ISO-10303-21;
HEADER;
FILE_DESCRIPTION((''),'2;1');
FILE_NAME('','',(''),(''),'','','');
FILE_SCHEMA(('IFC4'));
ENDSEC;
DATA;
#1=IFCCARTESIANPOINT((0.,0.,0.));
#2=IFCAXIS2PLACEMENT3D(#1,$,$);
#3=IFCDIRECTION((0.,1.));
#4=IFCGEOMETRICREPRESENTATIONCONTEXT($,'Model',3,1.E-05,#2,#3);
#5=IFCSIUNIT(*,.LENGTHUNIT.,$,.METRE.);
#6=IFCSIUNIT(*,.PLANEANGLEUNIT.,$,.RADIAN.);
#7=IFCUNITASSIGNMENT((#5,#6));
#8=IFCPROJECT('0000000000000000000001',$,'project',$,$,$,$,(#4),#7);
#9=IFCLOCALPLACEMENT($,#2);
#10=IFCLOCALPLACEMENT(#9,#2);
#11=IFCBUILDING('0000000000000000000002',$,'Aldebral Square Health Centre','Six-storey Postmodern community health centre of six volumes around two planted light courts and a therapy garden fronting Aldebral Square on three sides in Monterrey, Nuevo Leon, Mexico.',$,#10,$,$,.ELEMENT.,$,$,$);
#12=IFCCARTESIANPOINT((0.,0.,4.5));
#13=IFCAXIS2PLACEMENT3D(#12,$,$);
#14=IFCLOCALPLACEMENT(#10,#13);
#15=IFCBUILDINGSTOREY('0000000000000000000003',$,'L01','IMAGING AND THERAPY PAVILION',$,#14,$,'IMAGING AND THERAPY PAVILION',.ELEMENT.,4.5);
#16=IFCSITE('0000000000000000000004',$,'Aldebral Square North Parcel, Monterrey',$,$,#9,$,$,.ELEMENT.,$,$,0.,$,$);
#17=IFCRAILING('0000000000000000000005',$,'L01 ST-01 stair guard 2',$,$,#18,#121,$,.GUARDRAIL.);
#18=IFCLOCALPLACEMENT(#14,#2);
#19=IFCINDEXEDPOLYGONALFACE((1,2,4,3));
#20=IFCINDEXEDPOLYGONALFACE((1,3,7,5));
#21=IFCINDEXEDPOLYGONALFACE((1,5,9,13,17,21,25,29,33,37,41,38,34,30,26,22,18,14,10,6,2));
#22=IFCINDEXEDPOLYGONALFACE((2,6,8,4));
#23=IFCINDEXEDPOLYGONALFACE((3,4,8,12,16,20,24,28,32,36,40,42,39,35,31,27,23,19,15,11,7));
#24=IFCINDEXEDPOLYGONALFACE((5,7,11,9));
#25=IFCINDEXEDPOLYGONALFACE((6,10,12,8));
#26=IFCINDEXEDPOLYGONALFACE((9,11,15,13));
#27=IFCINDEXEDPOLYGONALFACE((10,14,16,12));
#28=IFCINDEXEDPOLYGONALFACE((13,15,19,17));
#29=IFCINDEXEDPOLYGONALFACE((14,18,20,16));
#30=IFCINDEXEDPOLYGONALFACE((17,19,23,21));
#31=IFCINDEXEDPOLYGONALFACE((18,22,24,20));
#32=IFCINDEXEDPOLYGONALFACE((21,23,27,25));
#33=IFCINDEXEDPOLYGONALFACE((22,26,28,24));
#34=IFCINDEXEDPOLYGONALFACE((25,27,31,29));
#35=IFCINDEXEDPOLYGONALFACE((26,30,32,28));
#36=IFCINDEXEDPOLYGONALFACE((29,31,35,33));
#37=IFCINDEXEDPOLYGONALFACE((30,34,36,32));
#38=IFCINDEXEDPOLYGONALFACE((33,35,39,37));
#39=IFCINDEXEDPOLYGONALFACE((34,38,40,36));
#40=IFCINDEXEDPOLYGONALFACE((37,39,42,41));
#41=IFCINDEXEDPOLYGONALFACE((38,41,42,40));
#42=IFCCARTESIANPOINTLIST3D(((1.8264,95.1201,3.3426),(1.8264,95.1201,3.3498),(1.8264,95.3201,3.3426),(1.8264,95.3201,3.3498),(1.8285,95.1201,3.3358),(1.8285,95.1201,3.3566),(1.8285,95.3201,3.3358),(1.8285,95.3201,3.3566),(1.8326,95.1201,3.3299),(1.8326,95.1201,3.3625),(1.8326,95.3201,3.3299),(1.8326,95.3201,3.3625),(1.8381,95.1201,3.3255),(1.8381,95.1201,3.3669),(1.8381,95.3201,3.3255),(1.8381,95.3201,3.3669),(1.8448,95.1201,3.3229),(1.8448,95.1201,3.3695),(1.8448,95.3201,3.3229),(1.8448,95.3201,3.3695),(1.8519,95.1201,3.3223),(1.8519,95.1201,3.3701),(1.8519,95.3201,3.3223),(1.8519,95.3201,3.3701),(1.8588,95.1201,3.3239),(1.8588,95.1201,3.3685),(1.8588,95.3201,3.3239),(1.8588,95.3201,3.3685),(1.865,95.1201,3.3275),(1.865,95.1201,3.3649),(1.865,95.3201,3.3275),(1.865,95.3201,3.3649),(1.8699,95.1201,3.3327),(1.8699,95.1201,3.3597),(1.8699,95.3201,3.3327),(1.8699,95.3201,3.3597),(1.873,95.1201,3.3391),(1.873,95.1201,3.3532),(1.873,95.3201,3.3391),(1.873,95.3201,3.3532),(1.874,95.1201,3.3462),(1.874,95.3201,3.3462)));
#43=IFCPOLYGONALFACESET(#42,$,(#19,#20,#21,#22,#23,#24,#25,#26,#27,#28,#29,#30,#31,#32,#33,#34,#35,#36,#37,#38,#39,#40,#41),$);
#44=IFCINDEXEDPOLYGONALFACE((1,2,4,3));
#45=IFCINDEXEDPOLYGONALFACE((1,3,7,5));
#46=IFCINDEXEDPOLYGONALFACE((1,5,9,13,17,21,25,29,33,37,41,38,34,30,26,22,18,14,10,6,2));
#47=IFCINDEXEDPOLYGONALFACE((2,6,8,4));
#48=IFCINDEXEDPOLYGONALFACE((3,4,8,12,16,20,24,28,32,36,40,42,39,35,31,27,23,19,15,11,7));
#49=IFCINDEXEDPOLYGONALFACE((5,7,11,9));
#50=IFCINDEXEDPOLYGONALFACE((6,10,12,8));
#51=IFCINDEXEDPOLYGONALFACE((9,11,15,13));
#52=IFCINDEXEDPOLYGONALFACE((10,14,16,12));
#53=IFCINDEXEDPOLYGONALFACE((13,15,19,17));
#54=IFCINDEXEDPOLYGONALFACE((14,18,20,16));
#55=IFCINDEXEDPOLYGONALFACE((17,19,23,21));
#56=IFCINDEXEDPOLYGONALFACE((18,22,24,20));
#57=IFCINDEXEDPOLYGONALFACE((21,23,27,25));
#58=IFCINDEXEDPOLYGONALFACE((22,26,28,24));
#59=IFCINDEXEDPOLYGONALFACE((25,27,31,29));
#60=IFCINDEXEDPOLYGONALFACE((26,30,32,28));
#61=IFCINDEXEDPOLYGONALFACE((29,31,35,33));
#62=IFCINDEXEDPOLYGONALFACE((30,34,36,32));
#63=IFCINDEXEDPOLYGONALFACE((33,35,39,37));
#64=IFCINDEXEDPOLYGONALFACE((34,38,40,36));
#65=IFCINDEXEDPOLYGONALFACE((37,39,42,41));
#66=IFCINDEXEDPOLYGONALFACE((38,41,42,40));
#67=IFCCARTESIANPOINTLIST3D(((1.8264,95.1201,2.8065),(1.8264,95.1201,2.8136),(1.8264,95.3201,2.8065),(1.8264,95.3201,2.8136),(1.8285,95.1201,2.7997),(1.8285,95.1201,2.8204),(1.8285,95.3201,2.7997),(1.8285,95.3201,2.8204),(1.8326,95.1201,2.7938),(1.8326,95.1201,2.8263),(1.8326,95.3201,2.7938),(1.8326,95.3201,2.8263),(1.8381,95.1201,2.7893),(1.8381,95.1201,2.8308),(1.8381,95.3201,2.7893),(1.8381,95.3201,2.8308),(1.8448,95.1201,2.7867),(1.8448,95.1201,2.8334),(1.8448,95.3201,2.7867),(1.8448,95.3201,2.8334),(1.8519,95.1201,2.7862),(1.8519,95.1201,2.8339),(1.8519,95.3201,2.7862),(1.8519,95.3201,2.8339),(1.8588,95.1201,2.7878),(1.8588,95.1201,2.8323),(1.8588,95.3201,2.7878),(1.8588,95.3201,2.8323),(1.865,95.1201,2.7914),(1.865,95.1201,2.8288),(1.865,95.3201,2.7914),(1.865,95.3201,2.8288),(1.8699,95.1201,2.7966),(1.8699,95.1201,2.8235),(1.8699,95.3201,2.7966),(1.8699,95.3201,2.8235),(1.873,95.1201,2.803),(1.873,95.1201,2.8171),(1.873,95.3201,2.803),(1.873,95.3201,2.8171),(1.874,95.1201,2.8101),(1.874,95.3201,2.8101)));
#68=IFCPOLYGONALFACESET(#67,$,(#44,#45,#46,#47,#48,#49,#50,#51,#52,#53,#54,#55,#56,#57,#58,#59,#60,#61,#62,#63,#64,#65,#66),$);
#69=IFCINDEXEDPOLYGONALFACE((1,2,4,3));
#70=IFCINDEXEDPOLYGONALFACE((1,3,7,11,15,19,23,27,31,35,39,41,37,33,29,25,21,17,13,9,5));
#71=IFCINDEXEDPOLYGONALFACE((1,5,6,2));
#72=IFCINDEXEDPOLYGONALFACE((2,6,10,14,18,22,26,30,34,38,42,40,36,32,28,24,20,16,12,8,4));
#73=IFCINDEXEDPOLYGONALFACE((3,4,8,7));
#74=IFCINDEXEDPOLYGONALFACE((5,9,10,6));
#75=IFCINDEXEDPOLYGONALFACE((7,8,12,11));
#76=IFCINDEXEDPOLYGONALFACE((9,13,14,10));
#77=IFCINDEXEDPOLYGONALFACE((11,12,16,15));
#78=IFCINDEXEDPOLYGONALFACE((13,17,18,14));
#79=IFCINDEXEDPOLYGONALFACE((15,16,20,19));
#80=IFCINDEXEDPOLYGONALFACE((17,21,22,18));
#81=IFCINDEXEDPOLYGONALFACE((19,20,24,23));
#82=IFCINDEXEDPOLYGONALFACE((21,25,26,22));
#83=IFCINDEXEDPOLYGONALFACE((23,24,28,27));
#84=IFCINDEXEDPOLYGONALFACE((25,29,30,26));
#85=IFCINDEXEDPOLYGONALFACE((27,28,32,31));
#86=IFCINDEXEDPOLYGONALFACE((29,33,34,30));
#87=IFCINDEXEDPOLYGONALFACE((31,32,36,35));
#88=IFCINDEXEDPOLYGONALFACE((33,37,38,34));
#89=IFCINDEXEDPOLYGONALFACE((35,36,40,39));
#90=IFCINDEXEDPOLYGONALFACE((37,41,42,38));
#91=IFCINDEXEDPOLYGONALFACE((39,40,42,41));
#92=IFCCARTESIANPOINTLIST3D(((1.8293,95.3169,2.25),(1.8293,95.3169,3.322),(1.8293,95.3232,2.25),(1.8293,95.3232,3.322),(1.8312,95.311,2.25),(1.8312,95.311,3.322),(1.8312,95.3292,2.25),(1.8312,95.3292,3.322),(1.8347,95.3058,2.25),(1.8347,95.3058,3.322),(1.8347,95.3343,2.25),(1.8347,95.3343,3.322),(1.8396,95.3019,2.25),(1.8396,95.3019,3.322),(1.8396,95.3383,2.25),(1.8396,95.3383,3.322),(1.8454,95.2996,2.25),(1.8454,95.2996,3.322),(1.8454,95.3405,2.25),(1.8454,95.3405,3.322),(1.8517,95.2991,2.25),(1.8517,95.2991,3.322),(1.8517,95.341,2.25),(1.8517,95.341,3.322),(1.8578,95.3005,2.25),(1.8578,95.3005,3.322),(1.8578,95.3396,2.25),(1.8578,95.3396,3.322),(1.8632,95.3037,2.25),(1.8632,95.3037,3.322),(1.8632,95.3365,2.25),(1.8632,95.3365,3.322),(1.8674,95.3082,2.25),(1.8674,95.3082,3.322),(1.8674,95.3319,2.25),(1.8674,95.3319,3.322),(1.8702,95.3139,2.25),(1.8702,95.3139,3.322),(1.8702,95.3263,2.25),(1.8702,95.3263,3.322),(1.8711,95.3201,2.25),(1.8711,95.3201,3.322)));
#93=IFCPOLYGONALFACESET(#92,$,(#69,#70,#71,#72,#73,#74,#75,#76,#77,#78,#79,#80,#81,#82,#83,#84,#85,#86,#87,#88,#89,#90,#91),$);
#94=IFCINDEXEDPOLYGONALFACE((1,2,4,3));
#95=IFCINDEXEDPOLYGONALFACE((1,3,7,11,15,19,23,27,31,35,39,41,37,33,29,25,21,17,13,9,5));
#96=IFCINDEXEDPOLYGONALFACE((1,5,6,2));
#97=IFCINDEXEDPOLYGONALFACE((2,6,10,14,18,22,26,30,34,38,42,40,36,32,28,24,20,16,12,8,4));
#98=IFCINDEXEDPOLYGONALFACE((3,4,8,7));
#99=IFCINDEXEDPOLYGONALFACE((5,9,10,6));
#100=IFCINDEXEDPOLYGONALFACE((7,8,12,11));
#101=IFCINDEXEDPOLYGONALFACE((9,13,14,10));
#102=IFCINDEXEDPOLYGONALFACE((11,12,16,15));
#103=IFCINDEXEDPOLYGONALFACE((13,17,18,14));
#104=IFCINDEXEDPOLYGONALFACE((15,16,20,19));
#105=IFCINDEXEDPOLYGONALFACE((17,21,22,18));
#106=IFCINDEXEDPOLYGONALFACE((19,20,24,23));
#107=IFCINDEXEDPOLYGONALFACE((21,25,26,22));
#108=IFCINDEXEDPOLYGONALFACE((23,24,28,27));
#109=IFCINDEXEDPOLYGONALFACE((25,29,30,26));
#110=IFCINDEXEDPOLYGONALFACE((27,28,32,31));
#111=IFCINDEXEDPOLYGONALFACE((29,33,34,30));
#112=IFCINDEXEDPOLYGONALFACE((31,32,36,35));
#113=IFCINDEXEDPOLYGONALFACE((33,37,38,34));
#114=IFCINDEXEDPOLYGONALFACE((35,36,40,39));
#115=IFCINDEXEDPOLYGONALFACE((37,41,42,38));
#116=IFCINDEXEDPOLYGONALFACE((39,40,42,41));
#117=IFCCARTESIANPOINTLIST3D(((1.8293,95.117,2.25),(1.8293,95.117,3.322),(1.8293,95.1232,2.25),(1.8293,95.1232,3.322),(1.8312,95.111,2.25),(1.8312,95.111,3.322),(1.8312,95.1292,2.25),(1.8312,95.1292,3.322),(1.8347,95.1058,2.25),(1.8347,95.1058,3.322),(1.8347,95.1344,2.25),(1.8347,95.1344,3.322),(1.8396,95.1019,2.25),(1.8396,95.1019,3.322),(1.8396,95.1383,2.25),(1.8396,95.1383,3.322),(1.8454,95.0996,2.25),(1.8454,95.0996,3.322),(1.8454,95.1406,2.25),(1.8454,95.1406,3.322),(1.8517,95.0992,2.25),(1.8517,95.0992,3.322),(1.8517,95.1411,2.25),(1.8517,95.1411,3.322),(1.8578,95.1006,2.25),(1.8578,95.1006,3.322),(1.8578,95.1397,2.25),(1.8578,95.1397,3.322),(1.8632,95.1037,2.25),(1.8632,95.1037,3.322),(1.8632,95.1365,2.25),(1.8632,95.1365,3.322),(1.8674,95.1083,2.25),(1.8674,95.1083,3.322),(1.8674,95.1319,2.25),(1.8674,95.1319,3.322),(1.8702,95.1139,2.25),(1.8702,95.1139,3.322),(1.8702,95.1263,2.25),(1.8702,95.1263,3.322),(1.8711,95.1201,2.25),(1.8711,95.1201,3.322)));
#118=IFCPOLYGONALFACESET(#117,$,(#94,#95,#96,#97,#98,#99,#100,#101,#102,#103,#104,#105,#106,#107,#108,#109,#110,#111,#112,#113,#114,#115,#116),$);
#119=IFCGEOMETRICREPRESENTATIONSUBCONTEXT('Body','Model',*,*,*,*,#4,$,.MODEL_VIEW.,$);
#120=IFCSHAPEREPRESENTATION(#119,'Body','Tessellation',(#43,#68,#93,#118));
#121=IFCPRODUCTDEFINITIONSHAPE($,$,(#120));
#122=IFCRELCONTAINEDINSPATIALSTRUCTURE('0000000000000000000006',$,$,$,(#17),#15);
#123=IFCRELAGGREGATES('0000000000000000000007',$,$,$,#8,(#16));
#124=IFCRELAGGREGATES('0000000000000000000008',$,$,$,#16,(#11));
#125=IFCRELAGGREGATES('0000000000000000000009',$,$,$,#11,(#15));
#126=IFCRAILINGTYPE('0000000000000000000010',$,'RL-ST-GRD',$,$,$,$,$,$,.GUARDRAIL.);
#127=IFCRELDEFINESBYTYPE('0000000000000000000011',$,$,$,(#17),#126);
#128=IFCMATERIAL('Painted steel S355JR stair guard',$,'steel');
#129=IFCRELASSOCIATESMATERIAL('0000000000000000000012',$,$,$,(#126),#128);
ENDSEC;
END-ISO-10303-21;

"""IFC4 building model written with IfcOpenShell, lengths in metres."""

from ifc_helpers import new_model, si_unit, direction, frame, origin, origin_2d, place, context, subcontext, project, spatial, circle, extrude, material, type_object, element, save


model = new_model("IFC4")

# Units and contexts
model_context = context("Model", 3, precision=1e-05, world=origin(), true_north=direction((0.0, 1.0)))
body_context = subcontext(model_context, "Body", "Model", "MODEL_VIEW")
ifc_project = project(units=[si_unit("LENGTHUNIT", "METRE"), si_unit("PLANEANGLEUNIT", "RADIAN")], contexts=[model_context])

# Site, building, storey
site_placement = place(None, origin())
site = spatial("IfcSite", under=ifc_project, at=site_placement, Name="Aldebral Square North Parcel, Monterrey", CompositionType="ELEMENT", RefElevation=0.0)
building_placement = place(site_placement, origin())
building = spatial("IfcBuilding", under=site, at=building_placement, Name="Aldebral Square Health Centre", Description="Six-storey Postmodern community health centre of six volumes around two planted light courts and a therapy garden fronting Aldebral Square on three sides in Monterrey, Nuevo Leon, Mexico.", CompositionType="ELEMENT")
storey_placement = place(building_placement, frame((0.0, 0.0, 4.5)))
storey = spatial("IfcBuildingStorey", under=building, at=storey_placement, Name="L01", Description="IMAGING AND THERAPY PAVILION", LongName="IMAGING AND THERAPY PAVILION", CompositionType="ELEMENT", Elevation=4.5)

# Railing
ifc_material_1 = material(Name="Painted steel S355JR stair guard", Category="steel")
railing_type_1 = type_object("IfcRailingType", Name="RL-ST-GRD", PredefinedType="GUARDRAIL", material=ifc_material_1)
railing_1_placement = place(storey_placement, frame((1.8501, 95.3201, 2.25)))
element("IfcRailing", 1, at=railing_1_placement, inside=storey, type_object=railing_type_1, Name="L01 ST-01 stair guard 2", PredefinedType="GUARDRAIL", context=body_context, shape_type="SweptSolid", body=[
    extrude(circle(Radius=0.0239, at=origin_2d()), frame((0.0, 0.0, 1.0962), z_axis=(0.0, -1.0, 0.0), x_axis=(1.0, 0.0, 0.0)), (0.0, 0.0, 1.0), 0.2),
    extrude(circle(Radius=0.0239, at=origin_2d()), frame((0.0, 0.0, 0.5601), z_axis=(0.0, -1.0, 0.0), x_axis=(1.0, 0.0, 0.0)), (0.0, 0.0, 1.0), 0.2),
    extrude(circle(Radius=0.021, at=origin_2d()), origin(), (0.0, 0.0, 1.0), 1.072),
    extrude(circle(Radius=0.021, at=origin_2d()), frame((0.0, -0.2, 0.0)), (0.0, 0.0, 1.0), 1.072),
])

save(model, "model.ifc")
